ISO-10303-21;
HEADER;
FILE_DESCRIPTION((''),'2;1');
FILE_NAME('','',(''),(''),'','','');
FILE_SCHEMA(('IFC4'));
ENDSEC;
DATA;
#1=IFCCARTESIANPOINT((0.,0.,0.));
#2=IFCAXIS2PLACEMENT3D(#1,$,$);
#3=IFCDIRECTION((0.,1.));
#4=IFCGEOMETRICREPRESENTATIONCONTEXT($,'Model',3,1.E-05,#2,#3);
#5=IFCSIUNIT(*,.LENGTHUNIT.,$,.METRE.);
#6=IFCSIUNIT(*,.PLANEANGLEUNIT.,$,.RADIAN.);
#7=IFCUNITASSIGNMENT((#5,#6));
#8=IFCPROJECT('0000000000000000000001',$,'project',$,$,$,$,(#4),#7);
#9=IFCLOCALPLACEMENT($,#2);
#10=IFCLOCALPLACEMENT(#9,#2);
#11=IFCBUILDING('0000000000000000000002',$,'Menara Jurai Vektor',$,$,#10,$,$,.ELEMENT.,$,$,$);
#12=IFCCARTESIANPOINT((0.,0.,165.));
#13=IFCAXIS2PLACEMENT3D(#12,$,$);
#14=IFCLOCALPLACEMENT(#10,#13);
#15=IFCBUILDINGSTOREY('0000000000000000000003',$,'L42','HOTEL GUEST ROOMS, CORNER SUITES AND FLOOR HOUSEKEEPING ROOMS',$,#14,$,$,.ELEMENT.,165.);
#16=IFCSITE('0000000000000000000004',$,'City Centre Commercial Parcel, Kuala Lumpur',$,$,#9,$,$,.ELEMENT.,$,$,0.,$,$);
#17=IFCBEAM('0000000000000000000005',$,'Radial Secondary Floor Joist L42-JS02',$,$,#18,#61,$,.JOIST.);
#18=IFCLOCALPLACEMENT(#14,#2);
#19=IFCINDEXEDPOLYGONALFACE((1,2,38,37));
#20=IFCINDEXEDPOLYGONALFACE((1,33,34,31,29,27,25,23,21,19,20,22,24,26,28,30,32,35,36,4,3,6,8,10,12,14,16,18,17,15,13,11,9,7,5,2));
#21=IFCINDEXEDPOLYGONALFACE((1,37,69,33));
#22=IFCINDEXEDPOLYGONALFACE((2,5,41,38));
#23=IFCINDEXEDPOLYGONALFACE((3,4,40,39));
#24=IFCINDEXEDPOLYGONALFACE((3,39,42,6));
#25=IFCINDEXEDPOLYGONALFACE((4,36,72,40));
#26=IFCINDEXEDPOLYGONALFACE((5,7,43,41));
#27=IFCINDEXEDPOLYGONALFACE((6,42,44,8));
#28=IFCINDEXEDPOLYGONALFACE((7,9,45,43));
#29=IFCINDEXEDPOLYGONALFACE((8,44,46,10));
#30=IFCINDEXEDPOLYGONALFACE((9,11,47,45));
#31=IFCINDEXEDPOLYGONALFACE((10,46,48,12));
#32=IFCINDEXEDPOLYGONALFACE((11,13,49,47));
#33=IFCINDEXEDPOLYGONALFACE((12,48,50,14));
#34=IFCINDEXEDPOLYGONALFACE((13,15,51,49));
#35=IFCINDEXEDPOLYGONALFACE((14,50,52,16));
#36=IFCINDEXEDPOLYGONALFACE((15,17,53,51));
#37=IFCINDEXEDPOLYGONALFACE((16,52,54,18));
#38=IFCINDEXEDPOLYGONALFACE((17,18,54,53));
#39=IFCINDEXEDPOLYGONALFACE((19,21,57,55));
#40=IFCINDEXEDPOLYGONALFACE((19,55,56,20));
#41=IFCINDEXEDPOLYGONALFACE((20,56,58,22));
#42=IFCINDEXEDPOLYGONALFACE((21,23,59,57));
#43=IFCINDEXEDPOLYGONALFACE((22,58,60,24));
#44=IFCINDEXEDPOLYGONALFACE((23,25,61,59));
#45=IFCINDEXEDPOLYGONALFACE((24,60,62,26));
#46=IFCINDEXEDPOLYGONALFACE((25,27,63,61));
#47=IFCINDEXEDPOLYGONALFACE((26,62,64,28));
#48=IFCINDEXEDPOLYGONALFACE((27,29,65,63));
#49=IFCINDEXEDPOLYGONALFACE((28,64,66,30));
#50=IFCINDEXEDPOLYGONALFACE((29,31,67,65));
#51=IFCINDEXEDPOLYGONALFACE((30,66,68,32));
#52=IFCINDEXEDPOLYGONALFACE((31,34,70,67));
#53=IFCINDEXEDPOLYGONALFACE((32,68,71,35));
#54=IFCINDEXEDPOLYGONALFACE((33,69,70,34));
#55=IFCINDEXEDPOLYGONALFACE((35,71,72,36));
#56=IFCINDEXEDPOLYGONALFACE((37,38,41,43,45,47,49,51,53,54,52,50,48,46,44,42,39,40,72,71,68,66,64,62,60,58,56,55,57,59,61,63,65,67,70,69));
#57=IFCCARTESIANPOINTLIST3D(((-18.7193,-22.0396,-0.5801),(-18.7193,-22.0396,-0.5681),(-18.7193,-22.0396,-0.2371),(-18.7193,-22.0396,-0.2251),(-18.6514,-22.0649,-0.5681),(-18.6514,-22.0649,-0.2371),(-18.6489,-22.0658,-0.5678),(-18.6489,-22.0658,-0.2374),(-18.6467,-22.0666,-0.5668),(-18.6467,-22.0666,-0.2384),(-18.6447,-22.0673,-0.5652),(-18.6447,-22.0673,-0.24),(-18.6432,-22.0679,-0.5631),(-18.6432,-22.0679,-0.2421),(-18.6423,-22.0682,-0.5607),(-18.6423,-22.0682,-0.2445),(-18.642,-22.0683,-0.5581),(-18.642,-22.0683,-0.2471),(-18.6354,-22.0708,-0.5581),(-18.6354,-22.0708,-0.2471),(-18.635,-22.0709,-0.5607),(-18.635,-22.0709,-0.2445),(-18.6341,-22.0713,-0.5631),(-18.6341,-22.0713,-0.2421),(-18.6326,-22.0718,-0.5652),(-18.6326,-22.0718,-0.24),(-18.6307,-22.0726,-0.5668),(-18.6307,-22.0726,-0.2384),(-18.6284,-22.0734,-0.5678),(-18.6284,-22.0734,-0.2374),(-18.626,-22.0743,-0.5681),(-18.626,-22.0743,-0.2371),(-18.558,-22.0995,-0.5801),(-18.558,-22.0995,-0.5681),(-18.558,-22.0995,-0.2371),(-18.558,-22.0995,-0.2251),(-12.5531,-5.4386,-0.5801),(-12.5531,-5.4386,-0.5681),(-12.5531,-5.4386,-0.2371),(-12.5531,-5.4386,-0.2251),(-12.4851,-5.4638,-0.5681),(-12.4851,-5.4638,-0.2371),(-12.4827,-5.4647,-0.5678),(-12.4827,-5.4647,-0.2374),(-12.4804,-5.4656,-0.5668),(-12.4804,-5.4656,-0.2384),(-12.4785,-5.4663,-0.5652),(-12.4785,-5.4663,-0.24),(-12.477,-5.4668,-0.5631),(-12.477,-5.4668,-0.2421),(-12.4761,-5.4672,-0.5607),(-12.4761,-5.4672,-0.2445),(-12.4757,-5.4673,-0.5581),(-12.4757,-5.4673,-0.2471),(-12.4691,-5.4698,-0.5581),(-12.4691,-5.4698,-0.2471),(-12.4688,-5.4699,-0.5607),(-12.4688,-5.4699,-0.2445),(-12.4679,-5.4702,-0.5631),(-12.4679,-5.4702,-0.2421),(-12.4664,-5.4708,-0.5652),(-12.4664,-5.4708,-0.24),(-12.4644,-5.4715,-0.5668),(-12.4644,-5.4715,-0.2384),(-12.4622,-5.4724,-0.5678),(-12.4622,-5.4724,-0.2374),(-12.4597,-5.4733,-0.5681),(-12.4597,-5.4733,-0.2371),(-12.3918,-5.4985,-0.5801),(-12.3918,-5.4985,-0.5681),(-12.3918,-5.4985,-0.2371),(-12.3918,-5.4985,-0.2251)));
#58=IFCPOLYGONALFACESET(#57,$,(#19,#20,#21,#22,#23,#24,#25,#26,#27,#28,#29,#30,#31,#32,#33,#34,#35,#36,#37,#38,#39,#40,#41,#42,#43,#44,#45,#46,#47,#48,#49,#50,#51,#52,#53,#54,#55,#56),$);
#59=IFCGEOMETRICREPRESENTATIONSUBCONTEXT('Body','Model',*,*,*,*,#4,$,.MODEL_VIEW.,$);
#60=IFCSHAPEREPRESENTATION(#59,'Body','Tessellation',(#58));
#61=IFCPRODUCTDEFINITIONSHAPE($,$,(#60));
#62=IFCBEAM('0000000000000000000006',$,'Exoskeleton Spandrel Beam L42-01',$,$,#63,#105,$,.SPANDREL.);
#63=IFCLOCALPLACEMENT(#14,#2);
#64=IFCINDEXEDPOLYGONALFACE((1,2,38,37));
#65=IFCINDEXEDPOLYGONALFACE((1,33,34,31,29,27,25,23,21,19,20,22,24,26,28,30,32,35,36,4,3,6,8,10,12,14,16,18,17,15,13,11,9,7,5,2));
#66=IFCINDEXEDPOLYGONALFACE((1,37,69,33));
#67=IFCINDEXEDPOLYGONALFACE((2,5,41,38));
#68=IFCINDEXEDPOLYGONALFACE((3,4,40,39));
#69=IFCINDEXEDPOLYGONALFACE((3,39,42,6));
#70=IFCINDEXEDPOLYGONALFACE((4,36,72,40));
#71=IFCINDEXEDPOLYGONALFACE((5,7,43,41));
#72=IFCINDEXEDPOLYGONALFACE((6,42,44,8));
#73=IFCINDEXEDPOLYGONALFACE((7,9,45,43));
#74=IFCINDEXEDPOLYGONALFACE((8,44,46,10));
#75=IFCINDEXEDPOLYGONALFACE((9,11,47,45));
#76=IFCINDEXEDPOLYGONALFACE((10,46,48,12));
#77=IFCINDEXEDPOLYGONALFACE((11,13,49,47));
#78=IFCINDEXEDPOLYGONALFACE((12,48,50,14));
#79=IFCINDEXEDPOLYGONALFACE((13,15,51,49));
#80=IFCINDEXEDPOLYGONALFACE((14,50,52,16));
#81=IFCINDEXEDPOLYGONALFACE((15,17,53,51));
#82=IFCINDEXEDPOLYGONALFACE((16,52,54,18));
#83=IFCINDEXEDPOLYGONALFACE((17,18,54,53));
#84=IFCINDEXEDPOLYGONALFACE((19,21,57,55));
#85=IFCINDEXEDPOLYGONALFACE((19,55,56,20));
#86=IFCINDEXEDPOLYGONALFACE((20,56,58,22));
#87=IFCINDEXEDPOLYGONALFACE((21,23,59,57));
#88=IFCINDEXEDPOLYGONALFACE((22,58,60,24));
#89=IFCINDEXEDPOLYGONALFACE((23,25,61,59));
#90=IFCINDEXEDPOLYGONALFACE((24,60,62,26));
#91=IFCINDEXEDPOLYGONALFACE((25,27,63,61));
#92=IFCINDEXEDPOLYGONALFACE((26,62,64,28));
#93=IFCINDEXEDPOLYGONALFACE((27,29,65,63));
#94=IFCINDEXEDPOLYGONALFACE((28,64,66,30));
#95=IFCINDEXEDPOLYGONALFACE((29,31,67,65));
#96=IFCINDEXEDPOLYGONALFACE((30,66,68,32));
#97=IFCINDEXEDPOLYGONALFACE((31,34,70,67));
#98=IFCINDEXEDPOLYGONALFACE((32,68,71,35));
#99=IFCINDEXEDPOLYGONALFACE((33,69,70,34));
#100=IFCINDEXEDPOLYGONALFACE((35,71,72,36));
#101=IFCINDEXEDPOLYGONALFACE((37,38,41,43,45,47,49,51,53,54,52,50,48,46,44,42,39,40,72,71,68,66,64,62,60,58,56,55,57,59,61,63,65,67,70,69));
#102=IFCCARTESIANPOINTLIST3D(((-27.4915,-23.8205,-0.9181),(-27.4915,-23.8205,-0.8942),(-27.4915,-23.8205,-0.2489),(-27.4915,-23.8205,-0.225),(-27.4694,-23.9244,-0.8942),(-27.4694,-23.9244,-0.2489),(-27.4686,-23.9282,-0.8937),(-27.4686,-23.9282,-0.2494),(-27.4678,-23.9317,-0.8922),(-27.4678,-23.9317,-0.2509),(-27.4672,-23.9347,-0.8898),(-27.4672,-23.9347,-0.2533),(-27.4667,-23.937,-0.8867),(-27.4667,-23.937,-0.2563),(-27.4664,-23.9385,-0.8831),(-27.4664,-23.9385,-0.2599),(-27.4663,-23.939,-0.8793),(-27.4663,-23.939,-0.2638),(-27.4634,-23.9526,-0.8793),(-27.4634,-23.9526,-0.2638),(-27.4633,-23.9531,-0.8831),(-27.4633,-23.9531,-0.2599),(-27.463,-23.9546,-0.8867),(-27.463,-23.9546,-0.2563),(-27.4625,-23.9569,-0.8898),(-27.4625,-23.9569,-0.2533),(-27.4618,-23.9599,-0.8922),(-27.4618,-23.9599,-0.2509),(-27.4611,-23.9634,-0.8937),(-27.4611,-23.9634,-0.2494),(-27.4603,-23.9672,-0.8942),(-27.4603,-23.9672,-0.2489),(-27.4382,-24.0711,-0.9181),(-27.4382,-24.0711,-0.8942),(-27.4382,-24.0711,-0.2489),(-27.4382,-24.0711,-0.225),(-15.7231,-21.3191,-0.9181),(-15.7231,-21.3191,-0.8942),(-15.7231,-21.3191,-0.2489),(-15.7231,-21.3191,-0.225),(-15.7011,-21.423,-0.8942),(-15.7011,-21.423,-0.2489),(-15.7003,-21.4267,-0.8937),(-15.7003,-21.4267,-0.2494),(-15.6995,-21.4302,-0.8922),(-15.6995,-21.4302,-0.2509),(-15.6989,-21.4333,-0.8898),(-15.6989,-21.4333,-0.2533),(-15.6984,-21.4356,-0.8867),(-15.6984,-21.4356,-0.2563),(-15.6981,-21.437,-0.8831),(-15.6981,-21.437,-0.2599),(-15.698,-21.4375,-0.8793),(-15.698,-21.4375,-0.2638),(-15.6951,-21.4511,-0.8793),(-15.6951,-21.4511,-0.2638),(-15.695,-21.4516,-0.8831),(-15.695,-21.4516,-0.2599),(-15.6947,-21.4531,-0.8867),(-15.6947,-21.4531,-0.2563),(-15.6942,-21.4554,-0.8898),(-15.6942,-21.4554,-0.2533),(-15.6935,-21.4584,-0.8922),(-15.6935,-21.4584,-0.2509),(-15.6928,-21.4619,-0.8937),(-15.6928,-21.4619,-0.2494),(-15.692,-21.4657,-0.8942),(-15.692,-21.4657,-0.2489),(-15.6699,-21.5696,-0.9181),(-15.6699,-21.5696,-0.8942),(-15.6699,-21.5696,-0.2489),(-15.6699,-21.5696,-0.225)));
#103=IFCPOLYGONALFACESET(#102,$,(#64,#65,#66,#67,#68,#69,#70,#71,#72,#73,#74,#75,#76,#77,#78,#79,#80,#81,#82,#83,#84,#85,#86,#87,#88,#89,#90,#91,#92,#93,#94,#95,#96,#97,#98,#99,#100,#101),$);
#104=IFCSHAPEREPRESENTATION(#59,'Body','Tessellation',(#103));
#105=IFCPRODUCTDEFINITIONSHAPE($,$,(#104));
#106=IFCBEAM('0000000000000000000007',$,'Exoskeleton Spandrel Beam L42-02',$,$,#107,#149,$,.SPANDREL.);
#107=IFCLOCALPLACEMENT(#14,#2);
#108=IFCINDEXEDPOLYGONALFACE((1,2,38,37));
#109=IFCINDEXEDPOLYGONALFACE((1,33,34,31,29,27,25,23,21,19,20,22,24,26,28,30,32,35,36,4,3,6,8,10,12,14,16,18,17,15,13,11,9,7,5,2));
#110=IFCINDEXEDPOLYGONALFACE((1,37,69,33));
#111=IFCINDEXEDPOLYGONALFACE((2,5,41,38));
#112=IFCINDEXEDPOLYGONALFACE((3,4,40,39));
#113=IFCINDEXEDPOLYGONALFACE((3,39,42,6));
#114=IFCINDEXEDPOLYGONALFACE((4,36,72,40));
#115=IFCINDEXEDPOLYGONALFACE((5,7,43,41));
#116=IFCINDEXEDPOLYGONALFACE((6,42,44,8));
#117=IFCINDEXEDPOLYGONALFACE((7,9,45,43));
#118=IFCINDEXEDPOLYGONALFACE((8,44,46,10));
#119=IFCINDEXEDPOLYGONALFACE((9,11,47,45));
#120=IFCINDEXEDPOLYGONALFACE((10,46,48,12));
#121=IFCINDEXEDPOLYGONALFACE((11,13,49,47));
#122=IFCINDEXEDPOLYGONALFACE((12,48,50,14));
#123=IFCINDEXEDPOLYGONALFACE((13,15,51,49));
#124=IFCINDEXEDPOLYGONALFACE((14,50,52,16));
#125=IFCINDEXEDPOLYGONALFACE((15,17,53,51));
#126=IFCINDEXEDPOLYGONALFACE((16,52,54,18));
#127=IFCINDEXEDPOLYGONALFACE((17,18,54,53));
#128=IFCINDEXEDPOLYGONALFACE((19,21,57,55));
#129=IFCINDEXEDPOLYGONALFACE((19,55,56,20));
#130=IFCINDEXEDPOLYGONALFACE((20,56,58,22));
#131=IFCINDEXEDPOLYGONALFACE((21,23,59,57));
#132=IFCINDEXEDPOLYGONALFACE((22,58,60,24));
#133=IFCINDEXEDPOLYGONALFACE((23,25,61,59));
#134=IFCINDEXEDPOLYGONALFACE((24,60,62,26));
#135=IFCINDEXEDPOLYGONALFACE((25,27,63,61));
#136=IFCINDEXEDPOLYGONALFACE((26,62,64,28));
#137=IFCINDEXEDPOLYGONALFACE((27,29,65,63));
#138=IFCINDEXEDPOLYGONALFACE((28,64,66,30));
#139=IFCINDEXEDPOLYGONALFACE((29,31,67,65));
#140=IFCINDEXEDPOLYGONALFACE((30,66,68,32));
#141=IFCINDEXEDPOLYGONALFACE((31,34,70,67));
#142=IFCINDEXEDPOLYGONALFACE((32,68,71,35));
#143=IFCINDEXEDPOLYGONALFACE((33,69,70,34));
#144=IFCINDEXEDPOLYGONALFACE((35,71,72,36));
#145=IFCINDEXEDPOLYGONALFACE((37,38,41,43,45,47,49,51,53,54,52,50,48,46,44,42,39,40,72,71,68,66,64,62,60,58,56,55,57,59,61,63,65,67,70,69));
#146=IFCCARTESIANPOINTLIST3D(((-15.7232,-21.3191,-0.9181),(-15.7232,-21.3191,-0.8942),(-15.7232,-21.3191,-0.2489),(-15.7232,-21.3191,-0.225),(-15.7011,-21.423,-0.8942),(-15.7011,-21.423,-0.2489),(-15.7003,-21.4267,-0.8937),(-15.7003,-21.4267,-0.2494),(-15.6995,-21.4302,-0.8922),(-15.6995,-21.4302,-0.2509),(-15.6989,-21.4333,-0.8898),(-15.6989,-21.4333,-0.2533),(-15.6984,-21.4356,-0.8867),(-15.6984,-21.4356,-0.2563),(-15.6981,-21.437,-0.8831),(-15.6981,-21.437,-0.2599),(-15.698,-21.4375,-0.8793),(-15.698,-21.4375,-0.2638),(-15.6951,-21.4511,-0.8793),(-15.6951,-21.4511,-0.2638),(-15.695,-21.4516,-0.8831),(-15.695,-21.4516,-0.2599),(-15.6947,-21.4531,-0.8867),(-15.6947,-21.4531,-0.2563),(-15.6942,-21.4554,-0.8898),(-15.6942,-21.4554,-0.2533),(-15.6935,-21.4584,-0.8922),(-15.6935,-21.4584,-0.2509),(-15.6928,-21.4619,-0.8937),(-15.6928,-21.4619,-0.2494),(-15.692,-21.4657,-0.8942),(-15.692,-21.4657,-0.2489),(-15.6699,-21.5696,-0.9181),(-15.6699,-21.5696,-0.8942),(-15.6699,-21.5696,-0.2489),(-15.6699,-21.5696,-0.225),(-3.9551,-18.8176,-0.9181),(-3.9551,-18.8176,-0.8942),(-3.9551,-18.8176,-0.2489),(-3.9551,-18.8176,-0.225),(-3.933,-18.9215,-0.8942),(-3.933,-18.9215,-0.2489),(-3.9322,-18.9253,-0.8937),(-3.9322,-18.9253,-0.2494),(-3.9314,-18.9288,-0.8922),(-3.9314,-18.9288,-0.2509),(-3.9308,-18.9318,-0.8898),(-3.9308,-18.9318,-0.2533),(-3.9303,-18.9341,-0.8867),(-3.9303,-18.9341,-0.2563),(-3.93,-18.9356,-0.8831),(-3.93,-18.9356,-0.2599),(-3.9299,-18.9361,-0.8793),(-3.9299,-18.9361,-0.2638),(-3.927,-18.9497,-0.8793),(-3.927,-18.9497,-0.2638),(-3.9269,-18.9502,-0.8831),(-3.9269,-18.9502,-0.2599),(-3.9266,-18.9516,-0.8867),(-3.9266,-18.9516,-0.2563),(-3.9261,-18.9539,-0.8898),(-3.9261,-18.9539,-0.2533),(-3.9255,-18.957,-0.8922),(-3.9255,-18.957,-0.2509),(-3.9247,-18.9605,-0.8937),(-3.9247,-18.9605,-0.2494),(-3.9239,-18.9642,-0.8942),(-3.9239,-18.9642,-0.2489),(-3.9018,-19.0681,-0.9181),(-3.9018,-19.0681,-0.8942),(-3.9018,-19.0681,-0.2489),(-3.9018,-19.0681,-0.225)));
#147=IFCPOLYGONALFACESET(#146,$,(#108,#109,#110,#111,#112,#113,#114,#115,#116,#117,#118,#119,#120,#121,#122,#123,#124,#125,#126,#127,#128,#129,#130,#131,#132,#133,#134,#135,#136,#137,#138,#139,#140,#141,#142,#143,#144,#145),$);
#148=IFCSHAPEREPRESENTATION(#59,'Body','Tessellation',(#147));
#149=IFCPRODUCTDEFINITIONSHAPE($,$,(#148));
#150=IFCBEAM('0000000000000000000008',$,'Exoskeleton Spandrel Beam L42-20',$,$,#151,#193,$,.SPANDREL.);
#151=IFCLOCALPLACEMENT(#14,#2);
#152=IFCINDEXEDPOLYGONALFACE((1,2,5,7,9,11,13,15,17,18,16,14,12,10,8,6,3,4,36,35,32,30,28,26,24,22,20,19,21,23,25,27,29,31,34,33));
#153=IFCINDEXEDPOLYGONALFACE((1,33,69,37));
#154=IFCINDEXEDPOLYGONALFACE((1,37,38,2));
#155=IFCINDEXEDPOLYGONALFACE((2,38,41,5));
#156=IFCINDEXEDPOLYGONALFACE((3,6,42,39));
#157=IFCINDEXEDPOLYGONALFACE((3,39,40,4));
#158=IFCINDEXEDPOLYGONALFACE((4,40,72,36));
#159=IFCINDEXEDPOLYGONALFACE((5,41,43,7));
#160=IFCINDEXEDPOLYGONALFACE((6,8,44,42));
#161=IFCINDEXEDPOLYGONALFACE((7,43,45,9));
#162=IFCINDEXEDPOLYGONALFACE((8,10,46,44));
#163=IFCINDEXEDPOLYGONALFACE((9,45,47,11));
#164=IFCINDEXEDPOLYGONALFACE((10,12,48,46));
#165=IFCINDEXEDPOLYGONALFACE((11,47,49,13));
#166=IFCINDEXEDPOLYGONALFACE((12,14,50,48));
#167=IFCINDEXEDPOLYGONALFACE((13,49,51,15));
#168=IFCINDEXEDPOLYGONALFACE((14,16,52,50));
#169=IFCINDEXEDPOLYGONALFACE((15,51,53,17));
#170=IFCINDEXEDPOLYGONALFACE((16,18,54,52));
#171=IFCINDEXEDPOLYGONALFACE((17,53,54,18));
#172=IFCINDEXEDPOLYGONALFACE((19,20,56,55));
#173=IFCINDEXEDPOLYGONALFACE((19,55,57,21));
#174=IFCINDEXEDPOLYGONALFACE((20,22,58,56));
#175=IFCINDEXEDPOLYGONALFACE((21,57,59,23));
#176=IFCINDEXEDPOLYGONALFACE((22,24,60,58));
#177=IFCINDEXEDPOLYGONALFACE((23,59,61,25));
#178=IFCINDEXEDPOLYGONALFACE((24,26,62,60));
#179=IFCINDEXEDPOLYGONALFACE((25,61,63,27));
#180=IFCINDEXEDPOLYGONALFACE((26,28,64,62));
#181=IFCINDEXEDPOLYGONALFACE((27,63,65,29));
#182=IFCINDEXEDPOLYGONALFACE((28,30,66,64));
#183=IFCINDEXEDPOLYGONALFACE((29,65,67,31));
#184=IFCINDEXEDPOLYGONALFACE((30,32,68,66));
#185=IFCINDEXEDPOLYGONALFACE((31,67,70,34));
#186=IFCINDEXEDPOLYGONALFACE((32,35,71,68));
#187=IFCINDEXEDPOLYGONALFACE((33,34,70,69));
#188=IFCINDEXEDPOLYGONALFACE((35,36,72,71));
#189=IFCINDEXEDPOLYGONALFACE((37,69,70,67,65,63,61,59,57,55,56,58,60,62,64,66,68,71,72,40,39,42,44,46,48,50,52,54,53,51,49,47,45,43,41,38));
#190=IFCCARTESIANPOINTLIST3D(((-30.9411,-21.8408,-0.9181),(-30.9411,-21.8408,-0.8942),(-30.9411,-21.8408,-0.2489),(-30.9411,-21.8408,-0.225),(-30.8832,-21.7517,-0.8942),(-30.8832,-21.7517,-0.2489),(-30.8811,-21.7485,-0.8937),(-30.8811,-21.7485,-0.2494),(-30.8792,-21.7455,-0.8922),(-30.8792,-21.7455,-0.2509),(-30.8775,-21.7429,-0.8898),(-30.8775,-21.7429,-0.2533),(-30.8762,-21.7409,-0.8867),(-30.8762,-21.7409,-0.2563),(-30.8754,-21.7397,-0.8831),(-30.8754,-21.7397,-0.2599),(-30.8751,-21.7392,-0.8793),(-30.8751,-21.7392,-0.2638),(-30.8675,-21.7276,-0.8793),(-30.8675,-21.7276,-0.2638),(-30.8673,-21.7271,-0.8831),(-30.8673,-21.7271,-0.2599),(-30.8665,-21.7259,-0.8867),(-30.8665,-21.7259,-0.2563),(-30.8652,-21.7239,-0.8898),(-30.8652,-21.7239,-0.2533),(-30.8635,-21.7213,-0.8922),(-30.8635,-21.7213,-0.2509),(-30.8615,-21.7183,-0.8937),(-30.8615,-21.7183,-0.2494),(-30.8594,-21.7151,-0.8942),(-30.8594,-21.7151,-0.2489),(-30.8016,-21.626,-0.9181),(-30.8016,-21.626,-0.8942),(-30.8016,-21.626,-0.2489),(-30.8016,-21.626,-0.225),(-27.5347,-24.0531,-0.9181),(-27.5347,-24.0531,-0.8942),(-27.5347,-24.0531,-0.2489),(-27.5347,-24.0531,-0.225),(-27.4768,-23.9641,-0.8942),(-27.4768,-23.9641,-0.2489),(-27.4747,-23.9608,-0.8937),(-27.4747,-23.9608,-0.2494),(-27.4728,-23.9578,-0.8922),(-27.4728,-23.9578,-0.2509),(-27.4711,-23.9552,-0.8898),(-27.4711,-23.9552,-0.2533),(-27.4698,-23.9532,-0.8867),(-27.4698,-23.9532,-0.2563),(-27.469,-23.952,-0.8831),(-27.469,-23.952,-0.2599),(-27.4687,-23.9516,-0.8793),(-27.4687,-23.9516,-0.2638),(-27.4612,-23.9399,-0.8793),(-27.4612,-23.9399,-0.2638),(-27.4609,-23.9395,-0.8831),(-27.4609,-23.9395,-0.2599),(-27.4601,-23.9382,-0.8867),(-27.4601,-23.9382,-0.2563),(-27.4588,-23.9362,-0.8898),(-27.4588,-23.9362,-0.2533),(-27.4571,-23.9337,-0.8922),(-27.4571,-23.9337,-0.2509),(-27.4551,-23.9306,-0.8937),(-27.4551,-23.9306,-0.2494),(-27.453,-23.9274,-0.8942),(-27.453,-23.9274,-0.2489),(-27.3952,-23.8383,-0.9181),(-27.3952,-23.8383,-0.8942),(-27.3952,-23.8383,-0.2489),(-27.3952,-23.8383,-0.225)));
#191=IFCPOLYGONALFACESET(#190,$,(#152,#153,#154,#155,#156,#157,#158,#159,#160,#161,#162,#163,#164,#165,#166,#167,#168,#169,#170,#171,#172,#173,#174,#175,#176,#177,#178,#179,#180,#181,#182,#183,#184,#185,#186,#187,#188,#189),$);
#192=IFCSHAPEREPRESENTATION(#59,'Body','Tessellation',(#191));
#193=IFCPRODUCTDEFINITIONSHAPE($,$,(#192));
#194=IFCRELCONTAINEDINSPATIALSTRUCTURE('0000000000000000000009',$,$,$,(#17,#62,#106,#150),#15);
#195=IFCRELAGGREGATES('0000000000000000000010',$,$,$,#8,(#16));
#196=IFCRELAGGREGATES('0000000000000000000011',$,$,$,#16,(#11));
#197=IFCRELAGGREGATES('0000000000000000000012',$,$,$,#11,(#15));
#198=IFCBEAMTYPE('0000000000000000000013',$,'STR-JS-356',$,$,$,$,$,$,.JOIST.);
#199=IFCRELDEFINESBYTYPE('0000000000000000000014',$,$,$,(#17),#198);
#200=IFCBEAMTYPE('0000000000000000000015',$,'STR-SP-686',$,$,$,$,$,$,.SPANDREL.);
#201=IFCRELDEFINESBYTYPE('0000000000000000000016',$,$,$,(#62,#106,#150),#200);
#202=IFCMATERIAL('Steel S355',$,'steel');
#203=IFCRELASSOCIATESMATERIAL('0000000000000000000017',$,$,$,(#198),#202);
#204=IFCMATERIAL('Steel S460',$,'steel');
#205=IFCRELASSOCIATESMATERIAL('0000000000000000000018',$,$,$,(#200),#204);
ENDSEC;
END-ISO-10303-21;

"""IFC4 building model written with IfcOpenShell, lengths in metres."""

from ifc_helpers import new_model, si_unit, direction, frame, origin, origin_2d, place, context, subcontext, project, spatial, i_section, extrude, material, material_profile, profile_set, type_object, element, save


model = new_model("IFC4")

# Units and contexts
model_context = context("Model", 3, precision=1e-05, world=origin(), true_north=direction((0.0, 1.0)))
body_context = subcontext(model_context, "Body", "Model", "MODEL_VIEW")
ifc_project = project(units=[si_unit("LENGTHUNIT", "METRE"), si_unit("PLANEANGLEUNIT", "RADIAN")], contexts=[model_context])

# Site, building, storey
site_placement = place(None, origin())
site = spatial("IfcSite", under=ifc_project, at=site_placement, Name="City Centre Commercial Parcel, Kuala Lumpur", CompositionType="ELEMENT", RefElevation=0.0)
building_placement = place(site_placement, origin())
building = spatial("IfcBuilding", under=site, at=building_placement, Name="Menara Jurai Vektor", CompositionType="ELEMENT")
storey_placement = place(building_placement, frame((0.0, 0.0, 165.0)))
storey = spatial("IfcBuildingStorey", under=building, at=storey_placement, Name="L42", Description="HOTEL GUEST ROOMS, CORNER SUITES AND FLOOR HOUSEKEEPING ROOMS", CompositionType="ELEMENT", Elevation=165.0)

# Shared definitions
ifc_material_1 = material(Name="Steel S460", Category="steel")

# Shared definitions
ifc_material_2 = material(Name="Steel S355", Category="steel")

# Beams
ifc_material_profile_1 = material_profile(ifc_material_2, i_section(OverallWidth=0.1721, OverallDepth=0.355, WebThickness=0.0071, FlangeThickness=0.012, FilletRadius=0.01, at=origin_2d()), Name="UKB 356x171x51")
ifc_profile_set_1 = profile_set([ifc_material_profile_1], Name="Steel S355")
beam_type_1 = type_object("IfcBeamType", Name="STR-JS-356", PredefinedType="JOIST", material=ifc_profile_set_1)
beam_1_placement = place(storey_placement, frame((-18.6387, -22.0696, -0.4026), z_axis=(0.348194, 0.937423, 0.0), x_axis=(-0.937423, 0.348194, 0.0)))
element("IfcBeam", 1, at=beam_1_placement, inside=storey, type_object=beam_type_1, Name="Radial Secondary Floor Joist L42-JS02", PredefinedType="JOIST", context=body_context, shape_type="SweptSolid", body=[
    extrude(i_section(OverallWidth=0.1721, OverallDepth=0.355, WebThickness=0.0071, FlangeThickness=0.012, FilletRadius=0.01, at=origin_2d()), origin(), (0.0, 0.0, 1.0), 17.7092),
])
ifc_material_profile_2 = material_profile(ifc_material_1, i_section(OverallWidth=0.2561, OverallDepth=0.6931, WebThickness=0.0139, FlangeThickness=0.0239, FilletRadius=0.0149, at=origin_2d()), Name="UKB 686x254x170")
ifc_profile_set_2 = profile_set([ifc_material_profile_2], Name="Steel S460")
beam_type_2 = type_object("IfcBeamType", Name="STR-SP-686", PredefinedType="SPANDREL", material=ifc_profile_set_2)
beam_2_placement = place(storey_placement, frame((-27.4648, -23.9458, -0.5715), z_axis=(0.978147, 0.207914, 0.0), x_axis=(-0.207914, 0.978147, 0.0)))
element("IfcBeam", 2, at=beam_2_placement, inside=storey, type_object=beam_type_2, Name="Exoskeleton Spandrel Beam L42-01", PredefinedType="SPANDREL", context=body_context, shape_type="SweptSolid", body=[
    extrude(i_section(OverallWidth=0.2561, OverallDepth=0.6931, WebThickness=0.0139, FlangeThickness=0.0239, FilletRadius=0.0149, at=origin_2d()), origin(), (0.0, 0.0, 1.0), 12.0312),
])
beam_3_placement = place(storey_placement, frame((-15.6965, -21.4443, -0.5715), z_axis=(0.978146, 0.207918, 0.0), x_axis=(-0.207918, 0.978146, 0.0)))
element("IfcBeam", 3, at=beam_3_placement, inside=storey, type_object=beam_type_2, Name="Exoskeleton Spandrel Beam L42-02", PredefinedType="SPANDREL", context=body_context, shape_type="SweptSolid", body=[
    extrude(i_section(OverallWidth=0.2561, OverallDepth=0.6931, WebThickness=0.0139, FlangeThickness=0.0239, FilletRadius=0.0149, at=origin_2d()), origin(), (0.0, 0.0, 1.0), 12.031),
])
beam_4_placement = place(storey_placement, frame((-30.8713, -21.7334, -0.5715), z_axis=(0.838648, -0.544674, 0.0), x_axis=(0.544674, 0.838648, 0.0)))
element("IfcBeam", 4, at=beam_4_placement, inside=storey, type_object=beam_type_2, Name="Exoskeleton Spandrel Beam L42-20", PredefinedType="SPANDREL", context=body_context, shape_type="SweptSolid", body=[
    extrude(i_section(OverallWidth=0.2561, OverallDepth=0.6931, WebThickness=0.0139, FlangeThickness=0.0239, FilletRadius=0.0149, at=origin_2d()), origin(), (0.0, 0.0, 1.0), 4.0618),
])

save(model, "model.ifc")
